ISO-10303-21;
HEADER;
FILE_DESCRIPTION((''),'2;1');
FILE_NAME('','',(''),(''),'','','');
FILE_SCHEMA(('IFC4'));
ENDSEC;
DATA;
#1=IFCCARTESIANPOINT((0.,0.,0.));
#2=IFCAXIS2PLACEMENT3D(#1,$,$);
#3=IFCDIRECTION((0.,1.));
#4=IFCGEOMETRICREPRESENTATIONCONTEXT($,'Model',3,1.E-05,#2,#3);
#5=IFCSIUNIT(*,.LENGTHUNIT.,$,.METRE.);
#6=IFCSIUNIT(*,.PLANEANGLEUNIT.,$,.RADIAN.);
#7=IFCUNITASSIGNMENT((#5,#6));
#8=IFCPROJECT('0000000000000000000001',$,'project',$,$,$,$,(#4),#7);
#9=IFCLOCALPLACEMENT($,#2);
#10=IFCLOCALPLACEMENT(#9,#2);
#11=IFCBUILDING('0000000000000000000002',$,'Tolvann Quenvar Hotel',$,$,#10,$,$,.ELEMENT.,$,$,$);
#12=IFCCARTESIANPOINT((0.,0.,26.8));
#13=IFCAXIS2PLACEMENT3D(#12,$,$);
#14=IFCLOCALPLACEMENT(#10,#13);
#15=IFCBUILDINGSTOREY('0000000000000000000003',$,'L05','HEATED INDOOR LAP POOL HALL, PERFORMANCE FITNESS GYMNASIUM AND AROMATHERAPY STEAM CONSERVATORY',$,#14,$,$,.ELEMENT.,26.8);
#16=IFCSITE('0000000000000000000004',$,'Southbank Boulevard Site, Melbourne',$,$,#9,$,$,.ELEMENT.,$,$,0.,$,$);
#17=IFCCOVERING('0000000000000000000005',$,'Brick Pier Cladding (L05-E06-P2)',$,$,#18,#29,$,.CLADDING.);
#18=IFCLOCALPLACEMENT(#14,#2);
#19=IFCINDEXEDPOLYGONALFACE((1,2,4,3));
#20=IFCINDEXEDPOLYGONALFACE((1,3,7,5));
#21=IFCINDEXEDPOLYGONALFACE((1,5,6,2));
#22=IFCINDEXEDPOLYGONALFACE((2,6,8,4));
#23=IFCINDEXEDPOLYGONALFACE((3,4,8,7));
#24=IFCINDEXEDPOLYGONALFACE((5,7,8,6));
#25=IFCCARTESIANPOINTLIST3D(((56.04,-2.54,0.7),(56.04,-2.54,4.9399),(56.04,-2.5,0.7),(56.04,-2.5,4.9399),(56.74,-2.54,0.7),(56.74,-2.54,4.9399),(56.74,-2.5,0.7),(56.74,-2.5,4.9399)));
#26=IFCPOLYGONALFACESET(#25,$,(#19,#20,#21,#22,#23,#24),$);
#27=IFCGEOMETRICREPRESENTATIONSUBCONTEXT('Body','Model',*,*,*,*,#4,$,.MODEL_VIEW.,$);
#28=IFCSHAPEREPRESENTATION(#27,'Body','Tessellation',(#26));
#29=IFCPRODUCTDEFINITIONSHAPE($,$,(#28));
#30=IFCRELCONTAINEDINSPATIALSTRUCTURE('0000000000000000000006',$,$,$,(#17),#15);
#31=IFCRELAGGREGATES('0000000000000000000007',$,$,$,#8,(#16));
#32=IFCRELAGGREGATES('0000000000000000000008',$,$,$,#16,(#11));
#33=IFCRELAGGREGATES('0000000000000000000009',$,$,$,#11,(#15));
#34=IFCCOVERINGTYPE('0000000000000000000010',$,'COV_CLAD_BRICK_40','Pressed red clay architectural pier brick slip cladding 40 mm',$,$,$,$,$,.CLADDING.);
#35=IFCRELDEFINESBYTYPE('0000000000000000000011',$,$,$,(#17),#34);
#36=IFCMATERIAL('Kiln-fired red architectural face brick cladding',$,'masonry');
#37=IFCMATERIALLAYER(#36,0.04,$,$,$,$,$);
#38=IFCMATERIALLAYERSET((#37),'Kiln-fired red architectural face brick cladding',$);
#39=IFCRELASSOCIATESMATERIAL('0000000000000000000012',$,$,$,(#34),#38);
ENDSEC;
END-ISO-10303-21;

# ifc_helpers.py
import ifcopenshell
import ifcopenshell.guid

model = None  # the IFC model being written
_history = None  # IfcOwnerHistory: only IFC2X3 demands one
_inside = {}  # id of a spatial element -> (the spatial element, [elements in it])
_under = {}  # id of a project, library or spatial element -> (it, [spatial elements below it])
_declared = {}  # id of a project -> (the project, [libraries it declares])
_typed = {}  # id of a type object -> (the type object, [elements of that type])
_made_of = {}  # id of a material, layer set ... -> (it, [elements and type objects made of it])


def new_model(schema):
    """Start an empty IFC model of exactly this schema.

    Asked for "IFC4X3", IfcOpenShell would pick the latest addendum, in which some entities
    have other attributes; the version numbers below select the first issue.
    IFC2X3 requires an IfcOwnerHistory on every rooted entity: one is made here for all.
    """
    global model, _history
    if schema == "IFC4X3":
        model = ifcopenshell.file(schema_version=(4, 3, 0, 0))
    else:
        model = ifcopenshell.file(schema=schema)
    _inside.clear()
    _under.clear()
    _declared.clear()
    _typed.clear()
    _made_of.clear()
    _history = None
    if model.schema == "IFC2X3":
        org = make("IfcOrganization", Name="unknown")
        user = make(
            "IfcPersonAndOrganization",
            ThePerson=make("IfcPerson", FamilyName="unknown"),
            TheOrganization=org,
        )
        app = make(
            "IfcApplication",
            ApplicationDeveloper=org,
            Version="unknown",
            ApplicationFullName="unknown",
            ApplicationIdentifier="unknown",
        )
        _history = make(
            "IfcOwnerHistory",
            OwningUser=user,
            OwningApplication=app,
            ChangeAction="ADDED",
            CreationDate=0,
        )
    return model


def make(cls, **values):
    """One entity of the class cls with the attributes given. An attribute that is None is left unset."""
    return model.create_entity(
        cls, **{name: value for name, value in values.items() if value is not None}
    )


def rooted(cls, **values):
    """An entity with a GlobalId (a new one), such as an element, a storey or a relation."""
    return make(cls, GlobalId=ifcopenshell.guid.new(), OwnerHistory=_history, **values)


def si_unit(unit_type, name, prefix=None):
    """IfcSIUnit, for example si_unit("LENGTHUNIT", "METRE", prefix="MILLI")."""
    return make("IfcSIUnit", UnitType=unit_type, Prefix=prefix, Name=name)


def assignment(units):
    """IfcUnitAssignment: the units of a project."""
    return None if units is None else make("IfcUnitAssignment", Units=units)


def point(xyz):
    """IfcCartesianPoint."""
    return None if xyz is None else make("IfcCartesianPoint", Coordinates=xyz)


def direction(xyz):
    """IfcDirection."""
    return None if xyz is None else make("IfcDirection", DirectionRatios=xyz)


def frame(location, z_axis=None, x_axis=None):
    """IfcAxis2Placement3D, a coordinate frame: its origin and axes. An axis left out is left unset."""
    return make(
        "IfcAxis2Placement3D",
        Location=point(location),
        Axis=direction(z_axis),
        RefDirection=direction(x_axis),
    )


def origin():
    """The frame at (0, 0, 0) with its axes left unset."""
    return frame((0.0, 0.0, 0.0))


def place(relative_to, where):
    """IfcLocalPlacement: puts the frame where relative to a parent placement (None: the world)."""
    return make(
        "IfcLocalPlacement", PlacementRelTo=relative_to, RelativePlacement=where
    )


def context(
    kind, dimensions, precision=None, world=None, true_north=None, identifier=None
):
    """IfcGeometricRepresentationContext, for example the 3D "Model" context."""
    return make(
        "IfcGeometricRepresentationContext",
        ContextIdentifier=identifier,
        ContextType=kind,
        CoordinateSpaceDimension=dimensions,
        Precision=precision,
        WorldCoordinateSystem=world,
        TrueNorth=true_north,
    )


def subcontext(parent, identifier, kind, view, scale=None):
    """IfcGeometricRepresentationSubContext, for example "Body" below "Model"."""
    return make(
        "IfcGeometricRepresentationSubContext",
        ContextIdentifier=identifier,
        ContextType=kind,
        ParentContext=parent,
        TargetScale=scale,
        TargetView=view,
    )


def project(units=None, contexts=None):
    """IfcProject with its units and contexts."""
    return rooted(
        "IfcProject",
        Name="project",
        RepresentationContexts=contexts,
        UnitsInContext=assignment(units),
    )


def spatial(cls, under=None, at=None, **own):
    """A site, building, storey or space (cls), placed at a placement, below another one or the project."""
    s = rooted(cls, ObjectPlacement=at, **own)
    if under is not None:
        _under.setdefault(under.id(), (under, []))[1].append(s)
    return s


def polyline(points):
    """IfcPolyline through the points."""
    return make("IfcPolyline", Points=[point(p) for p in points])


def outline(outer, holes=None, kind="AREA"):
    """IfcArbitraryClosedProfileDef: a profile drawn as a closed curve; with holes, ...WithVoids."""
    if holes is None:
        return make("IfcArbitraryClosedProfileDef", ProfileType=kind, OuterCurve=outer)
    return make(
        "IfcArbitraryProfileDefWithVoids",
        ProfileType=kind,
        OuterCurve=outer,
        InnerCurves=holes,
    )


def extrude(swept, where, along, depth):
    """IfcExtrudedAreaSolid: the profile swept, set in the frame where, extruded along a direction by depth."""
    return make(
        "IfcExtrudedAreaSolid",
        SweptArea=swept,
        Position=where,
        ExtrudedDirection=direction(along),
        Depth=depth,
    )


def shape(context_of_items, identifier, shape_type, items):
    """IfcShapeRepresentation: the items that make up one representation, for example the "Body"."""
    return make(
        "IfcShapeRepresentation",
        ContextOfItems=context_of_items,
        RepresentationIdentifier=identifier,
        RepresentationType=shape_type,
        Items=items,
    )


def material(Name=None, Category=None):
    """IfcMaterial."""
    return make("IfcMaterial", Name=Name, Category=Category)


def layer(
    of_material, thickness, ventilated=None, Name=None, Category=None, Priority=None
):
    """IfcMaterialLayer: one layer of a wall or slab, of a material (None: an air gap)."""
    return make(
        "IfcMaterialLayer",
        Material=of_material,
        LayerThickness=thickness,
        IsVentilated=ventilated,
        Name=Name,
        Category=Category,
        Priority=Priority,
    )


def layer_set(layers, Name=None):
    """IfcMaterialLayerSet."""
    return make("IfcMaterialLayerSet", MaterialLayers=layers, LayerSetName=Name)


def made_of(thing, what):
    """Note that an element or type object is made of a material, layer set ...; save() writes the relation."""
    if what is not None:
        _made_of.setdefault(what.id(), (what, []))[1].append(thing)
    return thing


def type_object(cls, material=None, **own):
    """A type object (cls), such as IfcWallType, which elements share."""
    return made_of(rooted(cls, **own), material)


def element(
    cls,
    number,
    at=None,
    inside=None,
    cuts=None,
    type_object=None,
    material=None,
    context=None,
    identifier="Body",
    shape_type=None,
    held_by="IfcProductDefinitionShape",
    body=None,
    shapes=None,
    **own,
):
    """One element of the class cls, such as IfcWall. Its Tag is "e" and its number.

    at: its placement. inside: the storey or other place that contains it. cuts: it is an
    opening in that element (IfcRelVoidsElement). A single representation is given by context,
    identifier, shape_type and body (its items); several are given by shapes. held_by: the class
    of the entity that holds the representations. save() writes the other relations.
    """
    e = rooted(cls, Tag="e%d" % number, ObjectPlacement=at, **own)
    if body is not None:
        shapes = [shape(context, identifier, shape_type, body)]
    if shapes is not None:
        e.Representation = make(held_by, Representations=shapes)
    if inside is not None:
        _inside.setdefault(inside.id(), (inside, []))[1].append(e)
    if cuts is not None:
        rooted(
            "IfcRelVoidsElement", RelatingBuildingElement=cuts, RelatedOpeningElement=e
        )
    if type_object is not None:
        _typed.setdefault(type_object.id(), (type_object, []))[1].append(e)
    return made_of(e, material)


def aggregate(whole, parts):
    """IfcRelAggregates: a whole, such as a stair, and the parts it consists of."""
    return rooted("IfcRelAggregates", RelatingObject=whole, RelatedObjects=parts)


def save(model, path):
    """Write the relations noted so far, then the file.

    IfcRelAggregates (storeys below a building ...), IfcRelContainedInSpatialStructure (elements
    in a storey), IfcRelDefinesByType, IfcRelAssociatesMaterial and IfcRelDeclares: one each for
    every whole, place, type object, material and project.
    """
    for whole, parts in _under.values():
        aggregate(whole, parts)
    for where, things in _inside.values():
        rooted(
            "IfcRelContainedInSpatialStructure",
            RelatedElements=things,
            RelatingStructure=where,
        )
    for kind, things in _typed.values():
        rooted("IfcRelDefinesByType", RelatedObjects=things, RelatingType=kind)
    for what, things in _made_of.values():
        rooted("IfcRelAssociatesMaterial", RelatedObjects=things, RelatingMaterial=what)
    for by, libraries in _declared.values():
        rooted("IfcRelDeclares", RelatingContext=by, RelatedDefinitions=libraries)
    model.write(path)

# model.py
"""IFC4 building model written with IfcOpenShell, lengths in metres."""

from ifc_helpers import new_model, si_unit, direction, frame, origin, place, context, subcontext, project, spatial, polyline, outline, extrude, material, layer, layer_set, type_object, element, save


model = new_model("IFC4")

# Units and contexts
model_context = context("Model", 3, precision=1e-05, world=origin(), true_north=direction((0.0, 1.0)))
body_context = subcontext(model_context, "Body", "Model", "MODEL_VIEW")
ifc_project = project(units=[si_unit("LENGTHUNIT", "METRE"), si_unit("PLANEANGLEUNIT", "RADIAN")], contexts=[model_context])

# Site, building, storey
site_placement = place(None, origin())
site = spatial("IfcSite", under=ifc_project, at=site_placement, Name="Southbank Boulevard Site, Melbourne", CompositionType="ELEMENT", RefElevation=0.0)
building_placement = place(site_placement, origin())
building = spatial("IfcBuilding", under=site, at=building_placement, Name="Tolvann Quenvar Hotel", CompositionType="ELEMENT")
storey_placement = place(building_placement, frame((0.0, 0.0, 26.8)))
storey = spatial("IfcBuildingStorey", under=building, at=storey_placement, Name="L05", Description="HEATED INDOOR LAP POOL HALL, PERFORMANCE FITNESS GYMNASIUM AND AROMATHERAPY STEAM CONSERVATORY", CompositionType="ELEMENT", Elevation=26.8)

# Covering
ifc_material_1 = material(Name="Kiln-fired red architectural face brick cladding", Category="masonry")
ifc_layer_1 = layer(ifc_material_1, 0.04)
ifc_layer_set_1 = layer_set([ifc_layer_1], Name="Kiln-fired red architectural face brick cladding")
covering_type = type_object("IfcCoveringType", Name="COV_CLAD_BRICK_40", Description="Pressed red clay architectural pier brick slip cladding 40 mm", PredefinedType="CLADDING", material=ifc_layer_set_1)
covering_placement = place(storey_placement, frame((0.0, 0.0, 0.7)))
element("IfcCovering", 1, at=covering_placement, inside=storey, type_object=covering_type, Name="Brick Pier Cladding (L05-E06-P2)", PredefinedType="CLADDING", context=body_context, shape_type="SweptSolid", body=[
    extrude(outline(polyline([(56.04, -2.5), (56.74, -2.5), (56.74, -2.54), (56.04, -2.54), (56.04, -2.5)])), origin(), (0.0, 0.0, 1.0), 4.24),
])

save(model, "model.ifc")
